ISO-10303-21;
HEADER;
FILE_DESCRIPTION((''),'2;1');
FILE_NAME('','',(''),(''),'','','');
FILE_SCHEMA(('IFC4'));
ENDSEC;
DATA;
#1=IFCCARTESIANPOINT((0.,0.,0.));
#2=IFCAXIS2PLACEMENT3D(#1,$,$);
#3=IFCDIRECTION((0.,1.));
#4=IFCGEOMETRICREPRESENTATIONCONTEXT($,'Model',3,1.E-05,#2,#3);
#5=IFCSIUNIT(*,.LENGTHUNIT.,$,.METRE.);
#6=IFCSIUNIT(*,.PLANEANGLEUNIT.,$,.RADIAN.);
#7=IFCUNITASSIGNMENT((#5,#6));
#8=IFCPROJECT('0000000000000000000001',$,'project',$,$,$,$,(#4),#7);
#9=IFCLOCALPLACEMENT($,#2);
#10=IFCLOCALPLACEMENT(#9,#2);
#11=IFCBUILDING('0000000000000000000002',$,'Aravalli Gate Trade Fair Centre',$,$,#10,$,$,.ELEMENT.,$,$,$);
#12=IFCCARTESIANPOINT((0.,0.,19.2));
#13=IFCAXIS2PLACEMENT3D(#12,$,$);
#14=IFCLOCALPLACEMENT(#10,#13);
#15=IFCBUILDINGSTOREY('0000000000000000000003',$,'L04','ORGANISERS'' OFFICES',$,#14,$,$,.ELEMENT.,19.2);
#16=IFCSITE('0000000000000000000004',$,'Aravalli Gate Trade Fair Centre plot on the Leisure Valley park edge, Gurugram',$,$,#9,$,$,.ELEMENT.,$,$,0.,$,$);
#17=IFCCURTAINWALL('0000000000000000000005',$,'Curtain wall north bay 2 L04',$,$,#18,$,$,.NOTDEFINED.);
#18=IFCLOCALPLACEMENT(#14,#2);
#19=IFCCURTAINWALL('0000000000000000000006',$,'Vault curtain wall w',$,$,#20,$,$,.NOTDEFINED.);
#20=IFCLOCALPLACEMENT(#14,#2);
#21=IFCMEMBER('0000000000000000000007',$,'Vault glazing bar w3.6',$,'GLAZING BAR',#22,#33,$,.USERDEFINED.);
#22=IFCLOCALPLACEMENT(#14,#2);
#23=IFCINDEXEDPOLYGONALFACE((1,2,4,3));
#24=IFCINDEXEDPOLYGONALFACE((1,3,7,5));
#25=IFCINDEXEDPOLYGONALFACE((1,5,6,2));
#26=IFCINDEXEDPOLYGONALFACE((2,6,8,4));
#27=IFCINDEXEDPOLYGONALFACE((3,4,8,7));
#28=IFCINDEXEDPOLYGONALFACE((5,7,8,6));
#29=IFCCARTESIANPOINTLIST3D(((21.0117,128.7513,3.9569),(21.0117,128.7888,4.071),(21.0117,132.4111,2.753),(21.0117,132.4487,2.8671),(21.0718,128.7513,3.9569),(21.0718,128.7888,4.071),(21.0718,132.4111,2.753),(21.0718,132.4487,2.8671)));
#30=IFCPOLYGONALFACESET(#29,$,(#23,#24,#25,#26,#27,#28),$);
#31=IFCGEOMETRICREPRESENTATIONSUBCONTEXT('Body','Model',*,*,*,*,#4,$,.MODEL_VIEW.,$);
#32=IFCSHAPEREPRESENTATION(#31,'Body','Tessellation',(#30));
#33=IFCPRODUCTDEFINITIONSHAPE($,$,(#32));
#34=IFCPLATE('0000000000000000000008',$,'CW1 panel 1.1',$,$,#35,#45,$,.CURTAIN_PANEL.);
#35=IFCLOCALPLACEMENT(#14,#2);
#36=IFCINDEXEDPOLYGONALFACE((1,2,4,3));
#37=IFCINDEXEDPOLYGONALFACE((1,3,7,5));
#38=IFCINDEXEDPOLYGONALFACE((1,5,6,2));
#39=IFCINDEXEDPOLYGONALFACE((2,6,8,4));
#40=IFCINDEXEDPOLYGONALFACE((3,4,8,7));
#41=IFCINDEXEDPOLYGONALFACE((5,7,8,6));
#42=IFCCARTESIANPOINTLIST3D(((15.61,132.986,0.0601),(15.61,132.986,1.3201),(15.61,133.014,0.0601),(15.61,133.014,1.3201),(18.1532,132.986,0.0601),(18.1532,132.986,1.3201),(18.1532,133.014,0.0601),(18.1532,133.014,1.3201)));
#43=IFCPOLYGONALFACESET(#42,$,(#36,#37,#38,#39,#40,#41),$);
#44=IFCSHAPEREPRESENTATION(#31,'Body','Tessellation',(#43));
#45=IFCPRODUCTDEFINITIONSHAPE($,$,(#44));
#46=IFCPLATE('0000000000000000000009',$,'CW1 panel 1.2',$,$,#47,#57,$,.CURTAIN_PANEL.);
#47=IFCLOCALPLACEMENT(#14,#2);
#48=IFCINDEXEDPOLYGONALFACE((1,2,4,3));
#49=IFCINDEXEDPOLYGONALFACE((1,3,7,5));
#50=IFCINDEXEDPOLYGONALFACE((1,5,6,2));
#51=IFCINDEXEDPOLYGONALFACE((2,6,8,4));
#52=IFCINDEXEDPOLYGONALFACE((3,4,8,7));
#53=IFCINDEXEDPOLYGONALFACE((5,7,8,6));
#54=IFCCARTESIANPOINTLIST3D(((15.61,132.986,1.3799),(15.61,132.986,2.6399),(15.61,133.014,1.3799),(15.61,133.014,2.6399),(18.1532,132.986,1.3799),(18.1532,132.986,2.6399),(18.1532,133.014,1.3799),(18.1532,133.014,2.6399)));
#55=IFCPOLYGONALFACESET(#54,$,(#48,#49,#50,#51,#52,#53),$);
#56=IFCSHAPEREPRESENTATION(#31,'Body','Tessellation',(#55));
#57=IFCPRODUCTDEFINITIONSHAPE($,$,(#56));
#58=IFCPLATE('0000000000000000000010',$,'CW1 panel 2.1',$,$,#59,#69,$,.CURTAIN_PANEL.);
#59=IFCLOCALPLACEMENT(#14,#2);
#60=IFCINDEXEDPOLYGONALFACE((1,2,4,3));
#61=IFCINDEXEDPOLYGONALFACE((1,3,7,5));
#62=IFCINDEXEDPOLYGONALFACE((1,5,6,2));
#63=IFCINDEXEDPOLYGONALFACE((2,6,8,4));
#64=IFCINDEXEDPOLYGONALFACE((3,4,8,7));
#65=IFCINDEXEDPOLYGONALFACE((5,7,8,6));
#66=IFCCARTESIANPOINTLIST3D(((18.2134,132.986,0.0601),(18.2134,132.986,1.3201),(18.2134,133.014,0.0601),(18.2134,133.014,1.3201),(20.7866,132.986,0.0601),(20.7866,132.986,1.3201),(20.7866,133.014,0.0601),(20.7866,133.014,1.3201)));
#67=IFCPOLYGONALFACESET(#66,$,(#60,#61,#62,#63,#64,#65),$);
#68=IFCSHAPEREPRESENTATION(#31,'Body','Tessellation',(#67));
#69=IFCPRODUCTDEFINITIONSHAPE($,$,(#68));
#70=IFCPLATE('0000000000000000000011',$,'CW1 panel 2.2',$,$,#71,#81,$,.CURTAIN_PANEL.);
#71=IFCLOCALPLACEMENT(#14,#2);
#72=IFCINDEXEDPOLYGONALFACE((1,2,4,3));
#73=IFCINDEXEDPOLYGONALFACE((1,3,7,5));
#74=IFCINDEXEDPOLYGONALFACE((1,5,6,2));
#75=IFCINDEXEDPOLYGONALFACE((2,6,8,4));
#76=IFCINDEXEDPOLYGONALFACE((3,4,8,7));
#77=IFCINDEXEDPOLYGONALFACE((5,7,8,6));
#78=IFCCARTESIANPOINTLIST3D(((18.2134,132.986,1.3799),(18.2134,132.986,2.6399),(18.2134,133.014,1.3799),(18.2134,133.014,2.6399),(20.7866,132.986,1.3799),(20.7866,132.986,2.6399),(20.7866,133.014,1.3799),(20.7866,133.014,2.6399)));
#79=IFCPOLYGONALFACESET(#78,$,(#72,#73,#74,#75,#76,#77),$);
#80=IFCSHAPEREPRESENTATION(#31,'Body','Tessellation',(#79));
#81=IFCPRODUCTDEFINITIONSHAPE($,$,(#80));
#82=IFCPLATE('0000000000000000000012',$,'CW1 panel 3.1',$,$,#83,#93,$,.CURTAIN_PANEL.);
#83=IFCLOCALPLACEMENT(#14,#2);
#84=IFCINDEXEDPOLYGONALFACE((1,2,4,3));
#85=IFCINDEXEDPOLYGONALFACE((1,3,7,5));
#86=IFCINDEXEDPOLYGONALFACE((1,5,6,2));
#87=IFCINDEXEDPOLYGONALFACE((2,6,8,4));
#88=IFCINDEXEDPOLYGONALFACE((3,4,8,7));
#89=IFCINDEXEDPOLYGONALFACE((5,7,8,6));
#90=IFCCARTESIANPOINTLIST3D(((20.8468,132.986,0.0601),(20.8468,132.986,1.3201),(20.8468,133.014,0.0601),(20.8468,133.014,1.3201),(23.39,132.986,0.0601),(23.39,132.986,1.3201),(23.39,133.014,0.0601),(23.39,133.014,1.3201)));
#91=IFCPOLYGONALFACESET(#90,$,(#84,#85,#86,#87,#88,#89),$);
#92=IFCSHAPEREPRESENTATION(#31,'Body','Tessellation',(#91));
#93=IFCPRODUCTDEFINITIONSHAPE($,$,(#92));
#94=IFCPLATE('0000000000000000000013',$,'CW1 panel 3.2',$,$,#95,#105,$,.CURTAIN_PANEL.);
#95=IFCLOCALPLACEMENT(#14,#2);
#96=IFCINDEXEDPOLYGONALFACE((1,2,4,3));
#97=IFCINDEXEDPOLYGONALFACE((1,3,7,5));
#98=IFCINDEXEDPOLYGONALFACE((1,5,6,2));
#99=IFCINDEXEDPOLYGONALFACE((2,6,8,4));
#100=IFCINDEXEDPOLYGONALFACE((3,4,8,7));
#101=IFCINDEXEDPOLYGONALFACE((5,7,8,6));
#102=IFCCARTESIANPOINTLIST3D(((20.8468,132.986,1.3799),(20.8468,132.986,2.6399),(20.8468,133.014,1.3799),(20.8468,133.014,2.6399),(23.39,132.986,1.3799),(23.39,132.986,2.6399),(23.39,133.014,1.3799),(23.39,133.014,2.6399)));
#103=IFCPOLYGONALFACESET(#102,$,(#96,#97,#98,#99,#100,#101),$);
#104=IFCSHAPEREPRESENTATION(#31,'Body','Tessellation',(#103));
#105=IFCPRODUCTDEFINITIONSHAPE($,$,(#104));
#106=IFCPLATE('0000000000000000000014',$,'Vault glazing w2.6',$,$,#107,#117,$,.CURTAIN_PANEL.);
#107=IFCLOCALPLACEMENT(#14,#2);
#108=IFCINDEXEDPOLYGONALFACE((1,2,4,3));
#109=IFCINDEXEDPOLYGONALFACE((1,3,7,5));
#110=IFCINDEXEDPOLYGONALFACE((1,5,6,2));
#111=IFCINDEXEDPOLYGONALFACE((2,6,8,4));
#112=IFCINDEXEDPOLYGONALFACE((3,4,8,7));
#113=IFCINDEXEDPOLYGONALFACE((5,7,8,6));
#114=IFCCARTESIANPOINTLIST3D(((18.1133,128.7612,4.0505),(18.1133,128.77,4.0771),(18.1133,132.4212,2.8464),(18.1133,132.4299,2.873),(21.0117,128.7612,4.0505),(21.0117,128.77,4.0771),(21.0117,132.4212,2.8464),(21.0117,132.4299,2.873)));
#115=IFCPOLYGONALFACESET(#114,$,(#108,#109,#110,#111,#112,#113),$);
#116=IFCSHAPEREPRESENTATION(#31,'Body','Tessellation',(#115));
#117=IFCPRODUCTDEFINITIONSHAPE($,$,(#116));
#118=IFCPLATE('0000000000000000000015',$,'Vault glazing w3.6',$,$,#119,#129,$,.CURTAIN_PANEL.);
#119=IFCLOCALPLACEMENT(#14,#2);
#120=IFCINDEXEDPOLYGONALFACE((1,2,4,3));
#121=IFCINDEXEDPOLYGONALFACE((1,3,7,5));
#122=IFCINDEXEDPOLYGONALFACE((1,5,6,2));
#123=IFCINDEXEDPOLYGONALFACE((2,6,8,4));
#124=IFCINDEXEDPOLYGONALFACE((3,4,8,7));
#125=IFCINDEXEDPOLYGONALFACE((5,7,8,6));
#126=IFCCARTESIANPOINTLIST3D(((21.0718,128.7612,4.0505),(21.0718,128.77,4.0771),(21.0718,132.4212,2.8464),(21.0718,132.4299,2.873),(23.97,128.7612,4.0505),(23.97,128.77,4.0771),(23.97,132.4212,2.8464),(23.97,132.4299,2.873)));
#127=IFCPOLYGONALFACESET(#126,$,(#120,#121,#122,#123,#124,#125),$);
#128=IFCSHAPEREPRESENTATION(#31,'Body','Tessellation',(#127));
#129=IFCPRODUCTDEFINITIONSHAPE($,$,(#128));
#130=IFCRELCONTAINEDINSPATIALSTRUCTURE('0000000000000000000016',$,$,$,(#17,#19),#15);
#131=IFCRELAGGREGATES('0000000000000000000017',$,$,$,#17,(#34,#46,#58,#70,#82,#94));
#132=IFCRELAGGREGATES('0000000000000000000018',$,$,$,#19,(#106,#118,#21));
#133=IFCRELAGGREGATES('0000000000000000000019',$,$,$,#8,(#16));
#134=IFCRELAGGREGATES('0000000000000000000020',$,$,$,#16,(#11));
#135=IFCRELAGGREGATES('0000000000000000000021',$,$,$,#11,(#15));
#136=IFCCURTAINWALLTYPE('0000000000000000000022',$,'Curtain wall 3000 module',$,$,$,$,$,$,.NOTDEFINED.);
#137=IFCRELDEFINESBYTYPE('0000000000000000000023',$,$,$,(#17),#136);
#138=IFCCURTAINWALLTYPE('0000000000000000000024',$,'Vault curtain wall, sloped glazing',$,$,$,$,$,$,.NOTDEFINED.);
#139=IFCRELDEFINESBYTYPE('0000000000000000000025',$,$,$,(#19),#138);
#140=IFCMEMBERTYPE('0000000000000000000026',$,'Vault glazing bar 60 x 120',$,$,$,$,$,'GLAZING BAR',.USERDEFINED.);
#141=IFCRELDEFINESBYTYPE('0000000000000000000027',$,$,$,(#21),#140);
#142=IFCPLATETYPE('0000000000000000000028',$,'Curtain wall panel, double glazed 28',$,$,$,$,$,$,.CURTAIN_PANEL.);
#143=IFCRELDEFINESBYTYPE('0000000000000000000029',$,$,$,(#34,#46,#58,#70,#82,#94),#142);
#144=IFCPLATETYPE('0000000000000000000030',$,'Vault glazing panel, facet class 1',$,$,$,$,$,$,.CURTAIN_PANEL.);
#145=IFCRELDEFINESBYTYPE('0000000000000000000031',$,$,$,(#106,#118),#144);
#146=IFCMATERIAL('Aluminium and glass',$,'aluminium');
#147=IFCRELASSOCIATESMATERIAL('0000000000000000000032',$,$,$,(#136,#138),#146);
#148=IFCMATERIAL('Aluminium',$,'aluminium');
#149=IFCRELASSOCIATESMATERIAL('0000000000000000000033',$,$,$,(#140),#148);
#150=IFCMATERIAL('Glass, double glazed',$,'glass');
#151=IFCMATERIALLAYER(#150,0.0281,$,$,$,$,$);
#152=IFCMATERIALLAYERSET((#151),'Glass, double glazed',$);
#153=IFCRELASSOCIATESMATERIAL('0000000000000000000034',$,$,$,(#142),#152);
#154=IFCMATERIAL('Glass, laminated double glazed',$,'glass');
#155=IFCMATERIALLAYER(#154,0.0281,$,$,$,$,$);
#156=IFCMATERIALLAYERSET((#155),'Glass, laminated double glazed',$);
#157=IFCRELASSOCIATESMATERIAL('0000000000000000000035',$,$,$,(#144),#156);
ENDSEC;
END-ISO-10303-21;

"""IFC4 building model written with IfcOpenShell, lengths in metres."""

from ifc_helpers import new_model, si_unit, direction, frame, origin, origin_2d, place, context, subcontext, project, spatial, polyline, rectangle, outline, extrude, material, layer, layer_set, material_profile, profile_set, type_object, element, aggregate, save


model = new_model("IFC4")

# Units and contexts
model_context = context("Model", 3, precision=1e-05, world=origin(), true_north=direction((0.0, 1.0)))
body_context = subcontext(model_context, "Body", "Model", "MODEL_VIEW")
ifc_project = project(units=[si_unit("LENGTHUNIT", "METRE"), si_unit("PLANEANGLEUNIT", "RADIAN")], contexts=[model_context])

# Site, building, storey
site_placement = place(None, origin())
site = spatial("IfcSite", under=ifc_project, at=site_placement, Name="Aravalli Gate Trade Fair Centre plot on the Leisure Valley park edge, Gurugram", CompositionType="ELEMENT", RefElevation=0.0)
building_placement = place(site_placement, origin())
building = spatial("IfcBuilding", under=site, at=building_placement, Name="Aravalli Gate Trade Fair Centre", CompositionType="ELEMENT")
storey_placement = place(building_placement, frame((0.0, 0.0, 19.2)))
storey = spatial("IfcBuildingStorey", under=building, at=storey_placement, Name="L04", Description="ORGANISERS' OFFICES", CompositionType="ELEMENT", Elevation=19.2)

# Curtain wall
ifc_material_1 = material(Name="Aluminium and glass", Category="aluminium")
curtain_wall_type_1 = type_object("IfcCurtainWallType", Name="Curtain wall 3000 module", PredefinedType="NOTDEFINED", material=ifc_material_1)
curtain_wall_1_placement = place(storey_placement, origin())
curtain_wall_1 = element("IfcCurtainWall", 1, at=curtain_wall_1_placement, inside=storey, type_object=curtain_wall_type_1, Name="Curtain wall north bay 2 L04", PredefinedType="NOTDEFINED")
ifc_material_2 = material(Name="Aluminium", Category="aluminium")

# Curtain wall, member
curtain_wall_type_2 = type_object("IfcCurtainWallType", Name="Vault curtain wall, sloped glazing", PredefinedType="NOTDEFINED", material=ifc_material_1)
curtain_wall_2_placement = place(storey_placement, origin())
curtain_wall_2 = element("IfcCurtainWall", 2, at=curtain_wall_2_placement, inside=storey, type_object=curtain_wall_type_2, Name="Vault curtain wall w", PredefinedType="NOTDEFINED")
ifc_material_profile_1 = material_profile(ifc_material_2, rectangle(XDim=0.0601, YDim=0.1201, at=origin_2d()), Name="Vault glazing bar 60 x 120")
ifc_profile_set_1 = profile_set([ifc_material_profile_1], Name="Aluminium")
member_type_1 = type_object("IfcMemberType", Name="Vault glazing bar 60 x 120", ElementType="GLAZING BAR", PredefinedType="USERDEFINED", material=ifc_profile_set_1)
member_1_placement = place(storey_placement, frame((21.0417, 128.77, 4.0139), z_axis=(0.0, 0.94993, -0.312461), x_axis=(-1.0, 0.0, 0.0)))
member_1 = element("IfcMember", 3, at=member_1_placement, type_object=member_type_1, Name="Vault glazing bar w3.6", ObjectType="GLAZING BAR", PredefinedType="USERDEFINED", context=body_context, shape_type="SweptSolid", body=[
    extrude(rectangle(XDim=0.0601, YDim=0.1201, at=origin_2d()), origin(), (0.0, 0.0, 1.0), 3.8528),
])

# Plates
ifc_material_3 = material(Name="Glass, double glazed", Category="glass")
ifc_layer_1 = layer(ifc_material_3, 0.0281)
ifc_layer_set_1 = layer_set([ifc_layer_1], Name="Glass, double glazed")
plate_type_1 = type_object("IfcPlateType", Name="Curtain wall panel, double glazed 28", PredefinedType="CURTAIN_PANEL", material=ifc_layer_set_1)
plate_1_placement = place(storey_placement, frame((16.8816, 133.0, 0.0601), z_axis=(0.0, 0.0, 1.0), x_axis=(1.0, 0.0, 0.0)))
plate_1 = element("IfcPlate", 4, at=plate_1_placement, type_object=plate_type_1, Name="CW1 panel 1.1", PredefinedType="CURTAIN_PANEL", context=body_context, shape_type="SweptSolid", body=[
    extrude(rectangle(XDim=2.5432, YDim=0.0281, at=origin_2d()), origin(), (0.0, 0.0, 1.0), 1.26),
])
plate_2_placement = place(storey_placement, frame((16.8816, 133.0, 1.3799), z_axis=(0.0, 0.0, 1.0), x_axis=(1.0, 0.0, 0.0)))
plate_2 = element("IfcPlate", 5, at=plate_2_placement, type_object=plate_type_1, Name="CW1 panel 1.2", PredefinedType="CURTAIN_PANEL", context=body_context, shape_type="SweptSolid", body=[
    extrude(rectangle(XDim=2.5432, YDim=0.0281, at=origin_2d()), origin(), (0.0, 0.0, 1.0), 1.26),
])
plate_3_placement = place(storey_placement, frame((19.5, 133.0, 0.0601), z_axis=(0.0, 0.0, 1.0), x_axis=(1.0, 0.0, 0.0)))
plate_3 = element("IfcPlate", 6, at=plate_3_placement, type_object=plate_type_1, Name="CW1 panel 2.1", PredefinedType="CURTAIN_PANEL", context=body_context, shape_type="SweptSolid", body=[
    extrude(rectangle(XDim=2.5732, YDim=0.0281, at=origin_2d()), origin(), (0.0, 0.0, 1.0), 1.26),
])
plate_4_placement = place(storey_placement, frame((19.5, 133.0, 1.3799), z_axis=(0.0, 0.0, 1.0), x_axis=(1.0, 0.0, 0.0)))
plate_4 = element("IfcPlate", 7, at=plate_4_placement, type_object=plate_type_1, Name="CW1 panel 2.2", PredefinedType="CURTAIN_PANEL", context=body_context, shape_type="SweptSolid", body=[
    extrude(rectangle(XDim=2.5732, YDim=0.0281, at=origin_2d()), origin(), (0.0, 0.0, 1.0), 1.26),
])
plate_5_placement = place(storey_placement, frame((22.1184, 133.0, 0.0601), z_axis=(0.0, 0.0, 1.0), x_axis=(1.0, 0.0, 0.0)))
plate_5 = element("IfcPlate", 8, at=plate_5_placement, type_object=plate_type_1, Name="CW1 panel 3.1", PredefinedType="CURTAIN_PANEL", context=body_context, shape_type="SweptSolid", body=[
    extrude(rectangle(XDim=2.5432, YDim=0.0281, at=origin_2d()), origin(), (0.0, 0.0, 1.0), 1.26),
])
plate_6_placement = place(storey_placement, frame((22.1184, 133.0, 1.3799), z_axis=(0.0, 0.0, 1.0), x_axis=(1.0, 0.0, 0.0)))
plate_6 = element("IfcPlate", 9, at=plate_6_placement, type_object=plate_type_1, Name="CW1 panel 3.2", PredefinedType="CURTAIN_PANEL", context=body_context, shape_type="SweptSolid", body=[
    extrude(rectangle(XDim=2.5432, YDim=0.0281, at=origin_2d()), origin(), (0.0, 0.0, 1.0), 1.26),
])
aggregate(curtain_wall_1, [plate_1, plate_2, plate_3, plate_4, plate_5, plate_6])
ifc_material_4 = material(Name="Glass, laminated double glazed", Category="glass")
ifc_layer_2 = layer(ifc_material_4, 0.0281)
ifc_layer_set_2 = layer_set([ifc_layer_2], Name="Glass, laminated double glazed")
plate_type_2 = type_object("IfcPlateType", Name="Vault glazing panel, facet class 1", PredefinedType="CURTAIN_PANEL", material=ifc_layer_set_2)
plate_7_placement = place(storey_placement, frame((18.1133, 128.77, 4.0771), z_axis=(0.0, 0.312518, 0.949912), x_axis=(1.0, 0.0, 0.0)))
plate_7 = element("IfcPlate", 10, at=plate_7_placement, type_object=plate_type_2, Name="Vault glazing w2.6", PredefinedType="CURTAIN_PANEL", context=body_context, shape_type="SweptSolid", body=[
    extrude(outline(polyline([(0.0, 0.0), (2.8984, 0.0), (2.8984, 3.8529), (0.0, 3.8529), (0.0, 0.0)])), origin(), (0.0, 0.0, -1.0), 0.0281),
])
plate_8_placement = place(storey_placement, frame((21.0718, 128.77, 4.0771), z_axis=(0.0, 0.312518, 0.949912), x_axis=(1.0, 0.0, 0.0)))
plate_8 = element("IfcPlate", 11, at=plate_8_placement, type_object=plate_type_2, Name="Vault glazing w3.6", PredefinedType="CURTAIN_PANEL", context=body_context, shape_type="SweptSolid", body=[
    extrude(outline(polyline([(0.0, 0.0), (2.8982, 0.0), (2.8982, 3.8529), (0.0, 3.8529), (0.0, 0.0)])), origin(), (0.0, 0.0, -1.0), 0.0281),
])
aggregate(curtain_wall_2, [plate_7, plate_8, member_1])

save(model, "model.ifc")
